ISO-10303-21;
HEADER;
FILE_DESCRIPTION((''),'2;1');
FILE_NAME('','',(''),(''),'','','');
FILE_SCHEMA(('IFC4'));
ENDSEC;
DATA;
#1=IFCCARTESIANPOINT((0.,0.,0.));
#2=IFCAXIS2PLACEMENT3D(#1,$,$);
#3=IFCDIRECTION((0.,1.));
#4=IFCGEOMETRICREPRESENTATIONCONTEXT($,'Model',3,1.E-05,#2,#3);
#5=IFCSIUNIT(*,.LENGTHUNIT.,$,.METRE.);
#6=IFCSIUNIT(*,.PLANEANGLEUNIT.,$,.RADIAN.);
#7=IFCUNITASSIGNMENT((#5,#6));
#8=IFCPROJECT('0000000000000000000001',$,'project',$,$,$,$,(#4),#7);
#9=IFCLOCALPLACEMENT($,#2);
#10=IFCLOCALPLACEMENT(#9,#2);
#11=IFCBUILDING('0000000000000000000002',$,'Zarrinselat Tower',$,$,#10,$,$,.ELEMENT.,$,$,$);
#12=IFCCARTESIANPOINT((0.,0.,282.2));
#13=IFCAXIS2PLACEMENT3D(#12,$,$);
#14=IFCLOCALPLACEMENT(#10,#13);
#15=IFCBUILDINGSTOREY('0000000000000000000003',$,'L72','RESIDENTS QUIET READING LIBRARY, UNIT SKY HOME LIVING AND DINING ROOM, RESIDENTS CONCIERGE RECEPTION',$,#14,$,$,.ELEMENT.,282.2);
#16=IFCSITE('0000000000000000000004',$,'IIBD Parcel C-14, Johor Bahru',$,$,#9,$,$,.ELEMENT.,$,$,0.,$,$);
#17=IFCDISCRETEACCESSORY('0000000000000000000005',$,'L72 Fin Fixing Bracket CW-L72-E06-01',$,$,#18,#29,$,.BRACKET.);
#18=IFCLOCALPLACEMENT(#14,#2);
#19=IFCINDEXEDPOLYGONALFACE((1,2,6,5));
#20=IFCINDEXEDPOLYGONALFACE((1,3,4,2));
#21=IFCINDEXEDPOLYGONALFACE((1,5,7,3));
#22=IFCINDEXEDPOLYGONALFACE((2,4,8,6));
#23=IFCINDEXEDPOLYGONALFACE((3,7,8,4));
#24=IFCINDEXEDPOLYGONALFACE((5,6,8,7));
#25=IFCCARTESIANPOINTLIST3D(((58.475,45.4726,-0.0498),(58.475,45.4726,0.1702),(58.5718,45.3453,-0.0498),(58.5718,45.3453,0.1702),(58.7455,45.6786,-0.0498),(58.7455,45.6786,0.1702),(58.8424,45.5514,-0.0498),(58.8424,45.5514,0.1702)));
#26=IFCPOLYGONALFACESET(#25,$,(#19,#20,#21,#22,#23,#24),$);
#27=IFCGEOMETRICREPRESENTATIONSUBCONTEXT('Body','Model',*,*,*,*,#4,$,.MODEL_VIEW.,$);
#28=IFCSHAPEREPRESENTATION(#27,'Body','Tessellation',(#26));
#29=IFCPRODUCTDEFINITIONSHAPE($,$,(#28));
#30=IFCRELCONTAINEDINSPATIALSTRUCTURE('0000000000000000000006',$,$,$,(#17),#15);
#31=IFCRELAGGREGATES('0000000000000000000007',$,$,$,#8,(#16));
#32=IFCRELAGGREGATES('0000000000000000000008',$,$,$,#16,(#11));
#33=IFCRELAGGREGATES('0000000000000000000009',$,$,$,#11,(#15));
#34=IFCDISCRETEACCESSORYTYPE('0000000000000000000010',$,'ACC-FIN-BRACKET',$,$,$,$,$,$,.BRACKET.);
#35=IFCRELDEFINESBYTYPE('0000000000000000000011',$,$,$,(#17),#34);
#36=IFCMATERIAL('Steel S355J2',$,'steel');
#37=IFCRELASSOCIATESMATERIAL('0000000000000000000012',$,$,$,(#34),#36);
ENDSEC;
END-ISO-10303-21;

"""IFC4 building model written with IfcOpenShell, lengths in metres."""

from ifc_helpers import new_model, si_unit, direction, frame, origin, origin_2d, place, context, subcontext, project, spatial, rectangle, extrude, material, type_object, element, save


model = new_model("IFC4")

# Units and contexts
model_context = context("Model", 3, precision=1e-05, world=origin(), true_north=direction((0.0, 1.0)))
body_context = subcontext(model_context, "Body", "Model", "MODEL_VIEW")
ifc_project = project(units=[si_unit("LENGTHUNIT", "METRE"), si_unit("PLANEANGLEUNIT", "RADIAN")], contexts=[model_context])

# Site, building, storey
site_placement = place(None, origin())
site = spatial("IfcSite", under=ifc_project, at=site_placement, Name="IIBD Parcel C-14, Johor Bahru", CompositionType="ELEMENT", RefElevation=0.0)
building_placement = place(site_placement, origin())
building = spatial("IfcBuilding", under=site, at=building_placement, Name="Zarrinselat Tower", CompositionType="ELEMENT")
storey_placement = place(building_placement, frame((0.0, 0.0, 282.2)))
storey = spatial("IfcBuildingStorey", under=building, at=storey_placement, Name="L72", Description="RESIDENTS QUIET READING LIBRARY, UNIT SKY HOME LIVING AND DINING ROOM, RESIDENTS CONCIERGE RECEPTION", CompositionType="ELEMENT", Elevation=282.2)

# Discrete accessory
ifc_material_1 = material(Name="Steel S355J2", Category="steel")
discrete_accessory_type = type_object("IfcDiscreteAccessoryType", Name="ACC-FIN-BRACKET", PredefinedType="BRACKET", material=ifc_material_1)
for number, where, z_axis, x_axis, name in (
    (1, (58.6587, 45.512, -0.0498), (0.0, 0.0, 1.0), (0.795637, 0.605773, 0.0), "L72 Fin Fixing Bracket CW-L72-E06-01"),
):
    element("IfcDiscreteAccessory", number, at=place(storey_placement, frame(where, z_axis=z_axis, x_axis=x_axis)), inside=storey, type_object=discrete_accessory_type, Name=name, PredefinedType="BRACKET", context=body_context, shape_type="SweptSolid", body=[
        extrude(rectangle(XDim=0.3401, YDim=0.1599, at=origin_2d()), origin(), (0.0, 0.0, 1.0), 0.22),
    ])

save(model, "model.ifc")
